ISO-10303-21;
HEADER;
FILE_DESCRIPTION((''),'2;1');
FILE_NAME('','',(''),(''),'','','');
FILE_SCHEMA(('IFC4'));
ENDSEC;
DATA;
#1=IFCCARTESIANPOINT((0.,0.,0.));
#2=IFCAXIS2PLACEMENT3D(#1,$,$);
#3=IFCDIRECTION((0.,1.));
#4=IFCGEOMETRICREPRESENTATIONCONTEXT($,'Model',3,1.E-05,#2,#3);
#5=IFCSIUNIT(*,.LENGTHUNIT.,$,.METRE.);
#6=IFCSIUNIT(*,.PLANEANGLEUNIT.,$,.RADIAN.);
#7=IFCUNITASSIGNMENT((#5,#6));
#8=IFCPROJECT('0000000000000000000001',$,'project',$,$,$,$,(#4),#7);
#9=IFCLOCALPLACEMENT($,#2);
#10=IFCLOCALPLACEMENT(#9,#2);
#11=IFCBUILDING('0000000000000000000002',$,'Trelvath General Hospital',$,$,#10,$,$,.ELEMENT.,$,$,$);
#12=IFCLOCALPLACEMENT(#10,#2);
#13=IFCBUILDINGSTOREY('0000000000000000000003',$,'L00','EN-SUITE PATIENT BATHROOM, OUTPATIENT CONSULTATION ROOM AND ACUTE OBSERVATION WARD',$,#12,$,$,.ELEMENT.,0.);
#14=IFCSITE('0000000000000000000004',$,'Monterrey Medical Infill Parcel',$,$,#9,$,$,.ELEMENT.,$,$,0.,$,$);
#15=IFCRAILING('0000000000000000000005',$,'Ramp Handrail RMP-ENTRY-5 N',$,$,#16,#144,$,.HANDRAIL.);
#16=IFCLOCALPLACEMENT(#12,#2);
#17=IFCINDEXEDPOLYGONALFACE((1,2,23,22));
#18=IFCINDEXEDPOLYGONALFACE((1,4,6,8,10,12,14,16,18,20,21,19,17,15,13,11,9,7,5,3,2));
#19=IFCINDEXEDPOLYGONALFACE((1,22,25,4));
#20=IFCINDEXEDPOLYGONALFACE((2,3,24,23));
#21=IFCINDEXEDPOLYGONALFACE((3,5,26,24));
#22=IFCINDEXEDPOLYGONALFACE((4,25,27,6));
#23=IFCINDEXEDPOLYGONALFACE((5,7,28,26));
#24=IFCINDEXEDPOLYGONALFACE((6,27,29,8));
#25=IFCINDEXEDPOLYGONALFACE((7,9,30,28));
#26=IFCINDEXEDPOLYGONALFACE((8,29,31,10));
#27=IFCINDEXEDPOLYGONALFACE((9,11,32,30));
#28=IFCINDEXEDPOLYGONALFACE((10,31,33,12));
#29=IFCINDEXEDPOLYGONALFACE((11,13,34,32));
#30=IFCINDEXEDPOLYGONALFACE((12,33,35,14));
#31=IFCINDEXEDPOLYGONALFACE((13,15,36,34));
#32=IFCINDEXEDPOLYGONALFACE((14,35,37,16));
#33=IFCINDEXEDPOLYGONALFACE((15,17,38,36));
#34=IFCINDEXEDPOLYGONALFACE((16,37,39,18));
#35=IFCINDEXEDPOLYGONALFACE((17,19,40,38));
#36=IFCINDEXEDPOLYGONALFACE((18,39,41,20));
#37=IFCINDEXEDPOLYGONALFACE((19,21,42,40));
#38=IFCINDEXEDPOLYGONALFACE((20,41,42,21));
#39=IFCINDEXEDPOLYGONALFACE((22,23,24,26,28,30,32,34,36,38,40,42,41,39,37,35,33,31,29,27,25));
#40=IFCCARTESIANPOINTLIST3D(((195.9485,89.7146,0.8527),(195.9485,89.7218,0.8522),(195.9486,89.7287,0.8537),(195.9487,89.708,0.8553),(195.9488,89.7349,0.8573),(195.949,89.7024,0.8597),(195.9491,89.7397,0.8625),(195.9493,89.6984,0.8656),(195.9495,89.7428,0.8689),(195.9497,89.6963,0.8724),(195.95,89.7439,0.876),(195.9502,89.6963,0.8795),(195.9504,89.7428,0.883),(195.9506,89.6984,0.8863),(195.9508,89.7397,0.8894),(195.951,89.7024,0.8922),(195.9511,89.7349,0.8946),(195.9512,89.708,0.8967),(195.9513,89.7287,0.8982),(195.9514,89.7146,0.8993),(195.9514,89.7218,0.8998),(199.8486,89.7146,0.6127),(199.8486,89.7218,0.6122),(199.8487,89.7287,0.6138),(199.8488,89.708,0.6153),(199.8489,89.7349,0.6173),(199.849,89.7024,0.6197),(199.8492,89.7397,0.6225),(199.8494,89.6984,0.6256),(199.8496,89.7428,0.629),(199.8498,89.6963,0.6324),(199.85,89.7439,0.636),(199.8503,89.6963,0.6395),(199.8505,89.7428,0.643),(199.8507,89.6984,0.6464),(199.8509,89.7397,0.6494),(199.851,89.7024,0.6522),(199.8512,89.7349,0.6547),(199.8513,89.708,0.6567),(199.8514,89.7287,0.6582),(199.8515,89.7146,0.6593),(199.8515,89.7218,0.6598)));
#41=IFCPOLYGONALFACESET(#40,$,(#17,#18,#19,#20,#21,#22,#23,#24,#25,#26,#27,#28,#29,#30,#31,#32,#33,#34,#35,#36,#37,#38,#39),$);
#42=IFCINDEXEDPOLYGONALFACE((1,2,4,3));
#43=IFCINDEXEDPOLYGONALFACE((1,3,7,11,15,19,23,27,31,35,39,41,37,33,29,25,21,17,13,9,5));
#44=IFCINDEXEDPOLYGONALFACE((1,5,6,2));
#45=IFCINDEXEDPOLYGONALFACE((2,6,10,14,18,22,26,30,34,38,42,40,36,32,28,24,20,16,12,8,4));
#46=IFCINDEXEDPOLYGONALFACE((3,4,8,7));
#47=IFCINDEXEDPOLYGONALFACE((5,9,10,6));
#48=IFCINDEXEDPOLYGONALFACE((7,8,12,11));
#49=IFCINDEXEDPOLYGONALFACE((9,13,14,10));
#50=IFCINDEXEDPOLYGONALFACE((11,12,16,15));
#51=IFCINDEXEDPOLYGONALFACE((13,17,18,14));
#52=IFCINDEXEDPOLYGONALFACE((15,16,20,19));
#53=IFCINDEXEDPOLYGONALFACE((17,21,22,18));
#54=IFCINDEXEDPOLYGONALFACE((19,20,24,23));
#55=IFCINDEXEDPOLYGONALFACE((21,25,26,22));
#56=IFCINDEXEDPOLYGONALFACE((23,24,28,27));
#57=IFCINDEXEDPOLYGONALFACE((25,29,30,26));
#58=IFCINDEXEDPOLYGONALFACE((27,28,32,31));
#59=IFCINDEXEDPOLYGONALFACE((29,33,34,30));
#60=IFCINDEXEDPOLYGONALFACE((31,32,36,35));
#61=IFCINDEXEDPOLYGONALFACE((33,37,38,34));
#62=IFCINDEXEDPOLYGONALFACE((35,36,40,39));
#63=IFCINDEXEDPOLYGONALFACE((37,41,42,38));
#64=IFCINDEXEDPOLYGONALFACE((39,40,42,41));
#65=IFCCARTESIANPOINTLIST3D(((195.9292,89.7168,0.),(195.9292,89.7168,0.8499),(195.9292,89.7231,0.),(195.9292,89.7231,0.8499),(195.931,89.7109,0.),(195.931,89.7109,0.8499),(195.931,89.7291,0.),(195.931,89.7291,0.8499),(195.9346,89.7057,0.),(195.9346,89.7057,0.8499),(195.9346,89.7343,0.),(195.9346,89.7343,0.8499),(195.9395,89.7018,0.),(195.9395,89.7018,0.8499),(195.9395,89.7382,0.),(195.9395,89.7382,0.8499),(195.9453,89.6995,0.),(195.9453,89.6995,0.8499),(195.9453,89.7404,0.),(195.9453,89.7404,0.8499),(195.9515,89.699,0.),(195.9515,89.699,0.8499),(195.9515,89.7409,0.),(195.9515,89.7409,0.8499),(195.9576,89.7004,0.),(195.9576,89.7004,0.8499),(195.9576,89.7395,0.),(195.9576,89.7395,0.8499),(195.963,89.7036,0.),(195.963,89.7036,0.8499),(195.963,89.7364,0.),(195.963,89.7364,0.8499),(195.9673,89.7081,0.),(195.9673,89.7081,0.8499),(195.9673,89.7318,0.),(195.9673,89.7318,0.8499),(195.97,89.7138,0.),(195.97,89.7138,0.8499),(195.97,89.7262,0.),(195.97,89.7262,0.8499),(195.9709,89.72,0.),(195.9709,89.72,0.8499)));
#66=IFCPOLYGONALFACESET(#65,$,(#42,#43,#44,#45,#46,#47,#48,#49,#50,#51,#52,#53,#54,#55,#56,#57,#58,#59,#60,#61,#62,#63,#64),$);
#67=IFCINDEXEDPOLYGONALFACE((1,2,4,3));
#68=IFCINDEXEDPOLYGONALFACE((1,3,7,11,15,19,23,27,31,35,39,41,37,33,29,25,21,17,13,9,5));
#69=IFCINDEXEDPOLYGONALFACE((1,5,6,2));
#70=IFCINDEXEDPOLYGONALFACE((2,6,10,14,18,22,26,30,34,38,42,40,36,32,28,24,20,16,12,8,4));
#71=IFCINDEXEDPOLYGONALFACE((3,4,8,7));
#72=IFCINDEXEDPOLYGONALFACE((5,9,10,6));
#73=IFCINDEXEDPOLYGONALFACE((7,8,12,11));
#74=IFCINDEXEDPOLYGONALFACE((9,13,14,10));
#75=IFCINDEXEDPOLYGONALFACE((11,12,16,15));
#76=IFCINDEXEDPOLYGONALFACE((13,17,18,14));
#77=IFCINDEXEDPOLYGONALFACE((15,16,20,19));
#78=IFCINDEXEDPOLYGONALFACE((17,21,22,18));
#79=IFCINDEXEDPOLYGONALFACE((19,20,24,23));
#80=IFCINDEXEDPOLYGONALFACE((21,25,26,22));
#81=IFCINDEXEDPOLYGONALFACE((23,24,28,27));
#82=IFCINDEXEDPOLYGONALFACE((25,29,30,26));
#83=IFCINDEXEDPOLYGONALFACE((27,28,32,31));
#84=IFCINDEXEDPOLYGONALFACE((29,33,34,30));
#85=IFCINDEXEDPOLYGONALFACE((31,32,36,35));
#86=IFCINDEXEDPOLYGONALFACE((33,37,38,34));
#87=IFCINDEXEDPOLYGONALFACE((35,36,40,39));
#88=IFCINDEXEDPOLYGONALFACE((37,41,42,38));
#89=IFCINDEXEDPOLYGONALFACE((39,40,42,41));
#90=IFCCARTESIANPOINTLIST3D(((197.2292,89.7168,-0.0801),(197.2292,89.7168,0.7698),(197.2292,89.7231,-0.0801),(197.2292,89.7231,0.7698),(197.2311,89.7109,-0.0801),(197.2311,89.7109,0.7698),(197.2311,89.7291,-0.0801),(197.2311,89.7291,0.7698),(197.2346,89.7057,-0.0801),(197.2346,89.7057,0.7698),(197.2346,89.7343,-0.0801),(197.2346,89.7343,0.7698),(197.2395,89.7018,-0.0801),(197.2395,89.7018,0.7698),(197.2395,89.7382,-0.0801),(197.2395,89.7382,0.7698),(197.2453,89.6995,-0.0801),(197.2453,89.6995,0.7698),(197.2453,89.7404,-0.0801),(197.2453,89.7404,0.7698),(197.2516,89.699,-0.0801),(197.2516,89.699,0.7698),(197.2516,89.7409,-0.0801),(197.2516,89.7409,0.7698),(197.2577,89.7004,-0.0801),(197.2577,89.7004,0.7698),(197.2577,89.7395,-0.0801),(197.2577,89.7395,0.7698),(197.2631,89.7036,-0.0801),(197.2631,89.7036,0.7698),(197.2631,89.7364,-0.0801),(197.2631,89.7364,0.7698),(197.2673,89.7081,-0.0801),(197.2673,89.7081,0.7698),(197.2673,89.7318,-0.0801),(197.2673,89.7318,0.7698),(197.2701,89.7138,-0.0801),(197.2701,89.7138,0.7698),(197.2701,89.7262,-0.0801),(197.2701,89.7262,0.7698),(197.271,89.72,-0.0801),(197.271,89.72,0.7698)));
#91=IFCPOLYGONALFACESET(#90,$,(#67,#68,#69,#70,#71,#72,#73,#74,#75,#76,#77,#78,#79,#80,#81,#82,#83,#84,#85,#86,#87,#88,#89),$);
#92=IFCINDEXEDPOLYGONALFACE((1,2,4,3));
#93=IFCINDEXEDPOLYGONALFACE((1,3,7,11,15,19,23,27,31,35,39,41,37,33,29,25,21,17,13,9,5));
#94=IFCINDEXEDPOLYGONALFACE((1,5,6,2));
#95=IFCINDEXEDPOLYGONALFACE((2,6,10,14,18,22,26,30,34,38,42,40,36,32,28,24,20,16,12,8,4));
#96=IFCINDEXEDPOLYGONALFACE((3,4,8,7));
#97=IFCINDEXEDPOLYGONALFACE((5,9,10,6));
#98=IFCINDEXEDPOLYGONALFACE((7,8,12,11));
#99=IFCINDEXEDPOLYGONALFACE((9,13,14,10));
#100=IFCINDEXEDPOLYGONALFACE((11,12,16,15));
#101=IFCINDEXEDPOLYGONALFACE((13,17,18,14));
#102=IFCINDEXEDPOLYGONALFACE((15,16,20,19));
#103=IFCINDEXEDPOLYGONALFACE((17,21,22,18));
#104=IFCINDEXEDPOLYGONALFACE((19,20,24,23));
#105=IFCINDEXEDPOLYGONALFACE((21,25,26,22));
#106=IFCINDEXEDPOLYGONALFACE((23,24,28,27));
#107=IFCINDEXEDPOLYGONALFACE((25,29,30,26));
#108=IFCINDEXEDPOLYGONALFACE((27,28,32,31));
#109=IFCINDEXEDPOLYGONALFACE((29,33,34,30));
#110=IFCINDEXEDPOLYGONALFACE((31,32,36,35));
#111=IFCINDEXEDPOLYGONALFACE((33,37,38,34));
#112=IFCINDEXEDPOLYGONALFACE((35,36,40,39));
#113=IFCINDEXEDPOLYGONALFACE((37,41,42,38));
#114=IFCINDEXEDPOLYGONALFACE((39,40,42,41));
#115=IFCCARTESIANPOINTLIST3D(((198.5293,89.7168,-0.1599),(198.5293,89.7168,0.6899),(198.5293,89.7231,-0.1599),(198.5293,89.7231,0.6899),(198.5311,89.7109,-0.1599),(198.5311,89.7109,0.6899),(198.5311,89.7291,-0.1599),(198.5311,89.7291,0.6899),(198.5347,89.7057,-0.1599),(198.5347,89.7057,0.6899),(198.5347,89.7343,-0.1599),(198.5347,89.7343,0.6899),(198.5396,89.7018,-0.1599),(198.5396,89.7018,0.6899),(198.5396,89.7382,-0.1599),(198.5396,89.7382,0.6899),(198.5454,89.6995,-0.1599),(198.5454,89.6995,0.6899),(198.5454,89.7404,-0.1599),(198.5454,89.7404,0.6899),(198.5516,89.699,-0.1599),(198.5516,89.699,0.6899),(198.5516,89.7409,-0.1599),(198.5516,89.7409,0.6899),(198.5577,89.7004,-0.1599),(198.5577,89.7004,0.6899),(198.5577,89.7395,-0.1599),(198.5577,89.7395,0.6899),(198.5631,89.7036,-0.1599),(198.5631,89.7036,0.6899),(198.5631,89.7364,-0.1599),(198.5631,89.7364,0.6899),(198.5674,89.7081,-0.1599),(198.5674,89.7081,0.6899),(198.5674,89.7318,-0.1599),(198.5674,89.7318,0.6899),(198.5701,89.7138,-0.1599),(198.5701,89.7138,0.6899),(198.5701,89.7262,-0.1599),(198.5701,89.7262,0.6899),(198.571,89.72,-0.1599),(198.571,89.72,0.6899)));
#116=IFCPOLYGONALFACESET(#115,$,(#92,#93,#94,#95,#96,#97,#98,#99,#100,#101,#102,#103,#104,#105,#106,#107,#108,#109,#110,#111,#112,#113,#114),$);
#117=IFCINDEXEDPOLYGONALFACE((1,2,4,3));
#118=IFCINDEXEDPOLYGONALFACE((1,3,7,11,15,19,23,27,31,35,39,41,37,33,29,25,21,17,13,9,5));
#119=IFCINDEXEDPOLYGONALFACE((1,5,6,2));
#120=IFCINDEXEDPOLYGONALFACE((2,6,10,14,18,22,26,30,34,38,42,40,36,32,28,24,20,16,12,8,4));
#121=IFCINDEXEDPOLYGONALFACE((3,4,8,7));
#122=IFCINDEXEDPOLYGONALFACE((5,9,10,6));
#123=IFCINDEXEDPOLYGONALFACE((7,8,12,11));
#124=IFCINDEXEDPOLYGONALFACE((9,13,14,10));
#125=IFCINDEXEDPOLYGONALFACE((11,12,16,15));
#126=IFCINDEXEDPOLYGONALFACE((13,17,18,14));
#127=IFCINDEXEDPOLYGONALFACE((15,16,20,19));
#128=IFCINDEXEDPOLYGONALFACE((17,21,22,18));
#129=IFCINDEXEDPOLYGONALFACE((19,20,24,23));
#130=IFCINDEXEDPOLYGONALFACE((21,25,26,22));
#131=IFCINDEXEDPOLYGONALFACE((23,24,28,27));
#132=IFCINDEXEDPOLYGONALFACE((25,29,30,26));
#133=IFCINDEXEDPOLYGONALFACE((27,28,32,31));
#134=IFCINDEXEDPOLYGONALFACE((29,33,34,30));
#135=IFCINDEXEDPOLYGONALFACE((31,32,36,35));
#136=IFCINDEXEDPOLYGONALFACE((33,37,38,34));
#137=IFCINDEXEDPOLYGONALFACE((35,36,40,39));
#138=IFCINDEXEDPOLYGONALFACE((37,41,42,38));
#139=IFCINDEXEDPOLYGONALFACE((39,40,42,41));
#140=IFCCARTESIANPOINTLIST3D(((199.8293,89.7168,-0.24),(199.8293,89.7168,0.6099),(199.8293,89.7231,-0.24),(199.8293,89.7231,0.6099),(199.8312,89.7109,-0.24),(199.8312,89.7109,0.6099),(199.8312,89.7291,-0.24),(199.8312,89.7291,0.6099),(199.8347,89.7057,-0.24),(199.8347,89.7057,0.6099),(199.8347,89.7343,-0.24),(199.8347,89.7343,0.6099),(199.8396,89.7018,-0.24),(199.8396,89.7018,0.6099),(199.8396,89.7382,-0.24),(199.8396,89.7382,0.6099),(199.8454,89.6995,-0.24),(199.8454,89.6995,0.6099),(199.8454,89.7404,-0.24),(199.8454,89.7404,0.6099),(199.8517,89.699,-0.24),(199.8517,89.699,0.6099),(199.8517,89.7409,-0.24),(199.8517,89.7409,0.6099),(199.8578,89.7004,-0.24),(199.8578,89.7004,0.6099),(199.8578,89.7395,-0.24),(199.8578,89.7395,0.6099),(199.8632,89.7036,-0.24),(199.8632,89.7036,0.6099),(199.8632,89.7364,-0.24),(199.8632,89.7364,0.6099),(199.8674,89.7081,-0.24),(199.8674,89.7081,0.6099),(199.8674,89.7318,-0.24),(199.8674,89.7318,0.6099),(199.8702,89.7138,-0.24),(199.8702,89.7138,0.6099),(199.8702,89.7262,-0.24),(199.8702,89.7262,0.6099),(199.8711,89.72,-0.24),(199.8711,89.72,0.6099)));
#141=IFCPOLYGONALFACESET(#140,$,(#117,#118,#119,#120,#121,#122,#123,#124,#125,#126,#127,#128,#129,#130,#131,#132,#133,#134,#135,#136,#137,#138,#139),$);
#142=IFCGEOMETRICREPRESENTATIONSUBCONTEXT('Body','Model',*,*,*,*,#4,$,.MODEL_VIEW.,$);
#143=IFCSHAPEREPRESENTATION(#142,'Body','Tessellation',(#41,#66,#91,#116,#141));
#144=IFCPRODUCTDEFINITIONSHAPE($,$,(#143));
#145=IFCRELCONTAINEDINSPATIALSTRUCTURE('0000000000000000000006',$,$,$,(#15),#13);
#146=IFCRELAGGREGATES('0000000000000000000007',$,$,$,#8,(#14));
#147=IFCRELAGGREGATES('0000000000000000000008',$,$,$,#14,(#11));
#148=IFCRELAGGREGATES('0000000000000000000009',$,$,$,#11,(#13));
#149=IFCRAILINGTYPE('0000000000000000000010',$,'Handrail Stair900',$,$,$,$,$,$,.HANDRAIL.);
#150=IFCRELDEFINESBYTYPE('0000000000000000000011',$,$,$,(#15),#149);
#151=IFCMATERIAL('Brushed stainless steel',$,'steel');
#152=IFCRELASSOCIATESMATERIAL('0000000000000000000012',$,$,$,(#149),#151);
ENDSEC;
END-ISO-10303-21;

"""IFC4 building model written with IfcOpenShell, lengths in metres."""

from ifc_helpers import new_model, si_unit, direction, frame, origin, origin_2d, place, context, subcontext, project, spatial, circle, extrude, material, type_object, element, save


model = new_model("IFC4")

# Units and contexts
model_context = context("Model", 3, precision=1e-05, world=origin(), true_north=direction((0.0, 1.0)))
body_context = subcontext(model_context, "Body", "Model", "MODEL_VIEW")
ifc_project = project(units=[si_unit("LENGTHUNIT", "METRE"), si_unit("PLANEANGLEUNIT", "RADIAN")], contexts=[model_context])

# Site, building, storey
site_placement = place(None, origin())
site = spatial("IfcSite", under=ifc_project, at=site_placement, Name="Monterrey Medical Infill Parcel", CompositionType="ELEMENT", RefElevation=0.0)
building_placement = place(site_placement, origin())
building = spatial("IfcBuilding", under=site, at=building_placement, Name="Trelvath General Hospital", CompositionType="ELEMENT")
storey_placement = place(building_placement, origin())
storey = spatial("IfcBuildingStorey", under=building, at=storey_placement, Name="L00", Description="EN-SUITE PATIENT BATHROOM, OUTPATIENT CONSULTATION ROOM AND ACUTE OBSERVATION WARD", CompositionType="ELEMENT", Elevation=0.0)

# Railing
ifc_material_1 = material(Name="Brushed stainless steel", Category="steel")
railing_type = type_object("IfcRailingType", Name="Handrail Stair900", PredefinedType="HANDRAIL", material=ifc_material_1)
for number, where, name in (
    (1, (195.95, 89.72, 0.0), "Ramp Handrail RMP-ENTRY-5 N"),
):
    element("IfcRailing", number, at=place(storey_placement, frame(where)), inside=storey, type_object=railing_type, Name=name, PredefinedType="HANDRAIL", context=body_context, shape_type="SweptSolid", body=[
        extrude(circle(Radius=0.0239, at=origin_2d()), frame((0.0, 0.0, 0.876), z_axis=(0.998112, 0.0, -0.061417), x_axis=(0.0, 1.0, 0.0)), (0.0, 0.0, 1.0), 3.9075),
        extrude(circle(Radius=0.021, at=origin_2d()), origin(), (0.0, 0.0, 1.0), 0.8499),
        extrude(circle(Radius=0.021, at=origin_2d()), frame((1.3, 0.0, -0.0801)), (0.0, 0.0, 1.0), 0.8499),
        extrude(circle(Radius=0.021, at=origin_2d()), frame((2.6001, 0.0, -0.1599)), (0.0, 0.0, 1.0), 0.8499),
        extrude(circle(Radius=0.021, at=origin_2d()), frame((3.9001, 0.0, -0.24)), (0.0, 0.0, 1.0), 0.8499),
    ])

save(model, "model.ifc")
